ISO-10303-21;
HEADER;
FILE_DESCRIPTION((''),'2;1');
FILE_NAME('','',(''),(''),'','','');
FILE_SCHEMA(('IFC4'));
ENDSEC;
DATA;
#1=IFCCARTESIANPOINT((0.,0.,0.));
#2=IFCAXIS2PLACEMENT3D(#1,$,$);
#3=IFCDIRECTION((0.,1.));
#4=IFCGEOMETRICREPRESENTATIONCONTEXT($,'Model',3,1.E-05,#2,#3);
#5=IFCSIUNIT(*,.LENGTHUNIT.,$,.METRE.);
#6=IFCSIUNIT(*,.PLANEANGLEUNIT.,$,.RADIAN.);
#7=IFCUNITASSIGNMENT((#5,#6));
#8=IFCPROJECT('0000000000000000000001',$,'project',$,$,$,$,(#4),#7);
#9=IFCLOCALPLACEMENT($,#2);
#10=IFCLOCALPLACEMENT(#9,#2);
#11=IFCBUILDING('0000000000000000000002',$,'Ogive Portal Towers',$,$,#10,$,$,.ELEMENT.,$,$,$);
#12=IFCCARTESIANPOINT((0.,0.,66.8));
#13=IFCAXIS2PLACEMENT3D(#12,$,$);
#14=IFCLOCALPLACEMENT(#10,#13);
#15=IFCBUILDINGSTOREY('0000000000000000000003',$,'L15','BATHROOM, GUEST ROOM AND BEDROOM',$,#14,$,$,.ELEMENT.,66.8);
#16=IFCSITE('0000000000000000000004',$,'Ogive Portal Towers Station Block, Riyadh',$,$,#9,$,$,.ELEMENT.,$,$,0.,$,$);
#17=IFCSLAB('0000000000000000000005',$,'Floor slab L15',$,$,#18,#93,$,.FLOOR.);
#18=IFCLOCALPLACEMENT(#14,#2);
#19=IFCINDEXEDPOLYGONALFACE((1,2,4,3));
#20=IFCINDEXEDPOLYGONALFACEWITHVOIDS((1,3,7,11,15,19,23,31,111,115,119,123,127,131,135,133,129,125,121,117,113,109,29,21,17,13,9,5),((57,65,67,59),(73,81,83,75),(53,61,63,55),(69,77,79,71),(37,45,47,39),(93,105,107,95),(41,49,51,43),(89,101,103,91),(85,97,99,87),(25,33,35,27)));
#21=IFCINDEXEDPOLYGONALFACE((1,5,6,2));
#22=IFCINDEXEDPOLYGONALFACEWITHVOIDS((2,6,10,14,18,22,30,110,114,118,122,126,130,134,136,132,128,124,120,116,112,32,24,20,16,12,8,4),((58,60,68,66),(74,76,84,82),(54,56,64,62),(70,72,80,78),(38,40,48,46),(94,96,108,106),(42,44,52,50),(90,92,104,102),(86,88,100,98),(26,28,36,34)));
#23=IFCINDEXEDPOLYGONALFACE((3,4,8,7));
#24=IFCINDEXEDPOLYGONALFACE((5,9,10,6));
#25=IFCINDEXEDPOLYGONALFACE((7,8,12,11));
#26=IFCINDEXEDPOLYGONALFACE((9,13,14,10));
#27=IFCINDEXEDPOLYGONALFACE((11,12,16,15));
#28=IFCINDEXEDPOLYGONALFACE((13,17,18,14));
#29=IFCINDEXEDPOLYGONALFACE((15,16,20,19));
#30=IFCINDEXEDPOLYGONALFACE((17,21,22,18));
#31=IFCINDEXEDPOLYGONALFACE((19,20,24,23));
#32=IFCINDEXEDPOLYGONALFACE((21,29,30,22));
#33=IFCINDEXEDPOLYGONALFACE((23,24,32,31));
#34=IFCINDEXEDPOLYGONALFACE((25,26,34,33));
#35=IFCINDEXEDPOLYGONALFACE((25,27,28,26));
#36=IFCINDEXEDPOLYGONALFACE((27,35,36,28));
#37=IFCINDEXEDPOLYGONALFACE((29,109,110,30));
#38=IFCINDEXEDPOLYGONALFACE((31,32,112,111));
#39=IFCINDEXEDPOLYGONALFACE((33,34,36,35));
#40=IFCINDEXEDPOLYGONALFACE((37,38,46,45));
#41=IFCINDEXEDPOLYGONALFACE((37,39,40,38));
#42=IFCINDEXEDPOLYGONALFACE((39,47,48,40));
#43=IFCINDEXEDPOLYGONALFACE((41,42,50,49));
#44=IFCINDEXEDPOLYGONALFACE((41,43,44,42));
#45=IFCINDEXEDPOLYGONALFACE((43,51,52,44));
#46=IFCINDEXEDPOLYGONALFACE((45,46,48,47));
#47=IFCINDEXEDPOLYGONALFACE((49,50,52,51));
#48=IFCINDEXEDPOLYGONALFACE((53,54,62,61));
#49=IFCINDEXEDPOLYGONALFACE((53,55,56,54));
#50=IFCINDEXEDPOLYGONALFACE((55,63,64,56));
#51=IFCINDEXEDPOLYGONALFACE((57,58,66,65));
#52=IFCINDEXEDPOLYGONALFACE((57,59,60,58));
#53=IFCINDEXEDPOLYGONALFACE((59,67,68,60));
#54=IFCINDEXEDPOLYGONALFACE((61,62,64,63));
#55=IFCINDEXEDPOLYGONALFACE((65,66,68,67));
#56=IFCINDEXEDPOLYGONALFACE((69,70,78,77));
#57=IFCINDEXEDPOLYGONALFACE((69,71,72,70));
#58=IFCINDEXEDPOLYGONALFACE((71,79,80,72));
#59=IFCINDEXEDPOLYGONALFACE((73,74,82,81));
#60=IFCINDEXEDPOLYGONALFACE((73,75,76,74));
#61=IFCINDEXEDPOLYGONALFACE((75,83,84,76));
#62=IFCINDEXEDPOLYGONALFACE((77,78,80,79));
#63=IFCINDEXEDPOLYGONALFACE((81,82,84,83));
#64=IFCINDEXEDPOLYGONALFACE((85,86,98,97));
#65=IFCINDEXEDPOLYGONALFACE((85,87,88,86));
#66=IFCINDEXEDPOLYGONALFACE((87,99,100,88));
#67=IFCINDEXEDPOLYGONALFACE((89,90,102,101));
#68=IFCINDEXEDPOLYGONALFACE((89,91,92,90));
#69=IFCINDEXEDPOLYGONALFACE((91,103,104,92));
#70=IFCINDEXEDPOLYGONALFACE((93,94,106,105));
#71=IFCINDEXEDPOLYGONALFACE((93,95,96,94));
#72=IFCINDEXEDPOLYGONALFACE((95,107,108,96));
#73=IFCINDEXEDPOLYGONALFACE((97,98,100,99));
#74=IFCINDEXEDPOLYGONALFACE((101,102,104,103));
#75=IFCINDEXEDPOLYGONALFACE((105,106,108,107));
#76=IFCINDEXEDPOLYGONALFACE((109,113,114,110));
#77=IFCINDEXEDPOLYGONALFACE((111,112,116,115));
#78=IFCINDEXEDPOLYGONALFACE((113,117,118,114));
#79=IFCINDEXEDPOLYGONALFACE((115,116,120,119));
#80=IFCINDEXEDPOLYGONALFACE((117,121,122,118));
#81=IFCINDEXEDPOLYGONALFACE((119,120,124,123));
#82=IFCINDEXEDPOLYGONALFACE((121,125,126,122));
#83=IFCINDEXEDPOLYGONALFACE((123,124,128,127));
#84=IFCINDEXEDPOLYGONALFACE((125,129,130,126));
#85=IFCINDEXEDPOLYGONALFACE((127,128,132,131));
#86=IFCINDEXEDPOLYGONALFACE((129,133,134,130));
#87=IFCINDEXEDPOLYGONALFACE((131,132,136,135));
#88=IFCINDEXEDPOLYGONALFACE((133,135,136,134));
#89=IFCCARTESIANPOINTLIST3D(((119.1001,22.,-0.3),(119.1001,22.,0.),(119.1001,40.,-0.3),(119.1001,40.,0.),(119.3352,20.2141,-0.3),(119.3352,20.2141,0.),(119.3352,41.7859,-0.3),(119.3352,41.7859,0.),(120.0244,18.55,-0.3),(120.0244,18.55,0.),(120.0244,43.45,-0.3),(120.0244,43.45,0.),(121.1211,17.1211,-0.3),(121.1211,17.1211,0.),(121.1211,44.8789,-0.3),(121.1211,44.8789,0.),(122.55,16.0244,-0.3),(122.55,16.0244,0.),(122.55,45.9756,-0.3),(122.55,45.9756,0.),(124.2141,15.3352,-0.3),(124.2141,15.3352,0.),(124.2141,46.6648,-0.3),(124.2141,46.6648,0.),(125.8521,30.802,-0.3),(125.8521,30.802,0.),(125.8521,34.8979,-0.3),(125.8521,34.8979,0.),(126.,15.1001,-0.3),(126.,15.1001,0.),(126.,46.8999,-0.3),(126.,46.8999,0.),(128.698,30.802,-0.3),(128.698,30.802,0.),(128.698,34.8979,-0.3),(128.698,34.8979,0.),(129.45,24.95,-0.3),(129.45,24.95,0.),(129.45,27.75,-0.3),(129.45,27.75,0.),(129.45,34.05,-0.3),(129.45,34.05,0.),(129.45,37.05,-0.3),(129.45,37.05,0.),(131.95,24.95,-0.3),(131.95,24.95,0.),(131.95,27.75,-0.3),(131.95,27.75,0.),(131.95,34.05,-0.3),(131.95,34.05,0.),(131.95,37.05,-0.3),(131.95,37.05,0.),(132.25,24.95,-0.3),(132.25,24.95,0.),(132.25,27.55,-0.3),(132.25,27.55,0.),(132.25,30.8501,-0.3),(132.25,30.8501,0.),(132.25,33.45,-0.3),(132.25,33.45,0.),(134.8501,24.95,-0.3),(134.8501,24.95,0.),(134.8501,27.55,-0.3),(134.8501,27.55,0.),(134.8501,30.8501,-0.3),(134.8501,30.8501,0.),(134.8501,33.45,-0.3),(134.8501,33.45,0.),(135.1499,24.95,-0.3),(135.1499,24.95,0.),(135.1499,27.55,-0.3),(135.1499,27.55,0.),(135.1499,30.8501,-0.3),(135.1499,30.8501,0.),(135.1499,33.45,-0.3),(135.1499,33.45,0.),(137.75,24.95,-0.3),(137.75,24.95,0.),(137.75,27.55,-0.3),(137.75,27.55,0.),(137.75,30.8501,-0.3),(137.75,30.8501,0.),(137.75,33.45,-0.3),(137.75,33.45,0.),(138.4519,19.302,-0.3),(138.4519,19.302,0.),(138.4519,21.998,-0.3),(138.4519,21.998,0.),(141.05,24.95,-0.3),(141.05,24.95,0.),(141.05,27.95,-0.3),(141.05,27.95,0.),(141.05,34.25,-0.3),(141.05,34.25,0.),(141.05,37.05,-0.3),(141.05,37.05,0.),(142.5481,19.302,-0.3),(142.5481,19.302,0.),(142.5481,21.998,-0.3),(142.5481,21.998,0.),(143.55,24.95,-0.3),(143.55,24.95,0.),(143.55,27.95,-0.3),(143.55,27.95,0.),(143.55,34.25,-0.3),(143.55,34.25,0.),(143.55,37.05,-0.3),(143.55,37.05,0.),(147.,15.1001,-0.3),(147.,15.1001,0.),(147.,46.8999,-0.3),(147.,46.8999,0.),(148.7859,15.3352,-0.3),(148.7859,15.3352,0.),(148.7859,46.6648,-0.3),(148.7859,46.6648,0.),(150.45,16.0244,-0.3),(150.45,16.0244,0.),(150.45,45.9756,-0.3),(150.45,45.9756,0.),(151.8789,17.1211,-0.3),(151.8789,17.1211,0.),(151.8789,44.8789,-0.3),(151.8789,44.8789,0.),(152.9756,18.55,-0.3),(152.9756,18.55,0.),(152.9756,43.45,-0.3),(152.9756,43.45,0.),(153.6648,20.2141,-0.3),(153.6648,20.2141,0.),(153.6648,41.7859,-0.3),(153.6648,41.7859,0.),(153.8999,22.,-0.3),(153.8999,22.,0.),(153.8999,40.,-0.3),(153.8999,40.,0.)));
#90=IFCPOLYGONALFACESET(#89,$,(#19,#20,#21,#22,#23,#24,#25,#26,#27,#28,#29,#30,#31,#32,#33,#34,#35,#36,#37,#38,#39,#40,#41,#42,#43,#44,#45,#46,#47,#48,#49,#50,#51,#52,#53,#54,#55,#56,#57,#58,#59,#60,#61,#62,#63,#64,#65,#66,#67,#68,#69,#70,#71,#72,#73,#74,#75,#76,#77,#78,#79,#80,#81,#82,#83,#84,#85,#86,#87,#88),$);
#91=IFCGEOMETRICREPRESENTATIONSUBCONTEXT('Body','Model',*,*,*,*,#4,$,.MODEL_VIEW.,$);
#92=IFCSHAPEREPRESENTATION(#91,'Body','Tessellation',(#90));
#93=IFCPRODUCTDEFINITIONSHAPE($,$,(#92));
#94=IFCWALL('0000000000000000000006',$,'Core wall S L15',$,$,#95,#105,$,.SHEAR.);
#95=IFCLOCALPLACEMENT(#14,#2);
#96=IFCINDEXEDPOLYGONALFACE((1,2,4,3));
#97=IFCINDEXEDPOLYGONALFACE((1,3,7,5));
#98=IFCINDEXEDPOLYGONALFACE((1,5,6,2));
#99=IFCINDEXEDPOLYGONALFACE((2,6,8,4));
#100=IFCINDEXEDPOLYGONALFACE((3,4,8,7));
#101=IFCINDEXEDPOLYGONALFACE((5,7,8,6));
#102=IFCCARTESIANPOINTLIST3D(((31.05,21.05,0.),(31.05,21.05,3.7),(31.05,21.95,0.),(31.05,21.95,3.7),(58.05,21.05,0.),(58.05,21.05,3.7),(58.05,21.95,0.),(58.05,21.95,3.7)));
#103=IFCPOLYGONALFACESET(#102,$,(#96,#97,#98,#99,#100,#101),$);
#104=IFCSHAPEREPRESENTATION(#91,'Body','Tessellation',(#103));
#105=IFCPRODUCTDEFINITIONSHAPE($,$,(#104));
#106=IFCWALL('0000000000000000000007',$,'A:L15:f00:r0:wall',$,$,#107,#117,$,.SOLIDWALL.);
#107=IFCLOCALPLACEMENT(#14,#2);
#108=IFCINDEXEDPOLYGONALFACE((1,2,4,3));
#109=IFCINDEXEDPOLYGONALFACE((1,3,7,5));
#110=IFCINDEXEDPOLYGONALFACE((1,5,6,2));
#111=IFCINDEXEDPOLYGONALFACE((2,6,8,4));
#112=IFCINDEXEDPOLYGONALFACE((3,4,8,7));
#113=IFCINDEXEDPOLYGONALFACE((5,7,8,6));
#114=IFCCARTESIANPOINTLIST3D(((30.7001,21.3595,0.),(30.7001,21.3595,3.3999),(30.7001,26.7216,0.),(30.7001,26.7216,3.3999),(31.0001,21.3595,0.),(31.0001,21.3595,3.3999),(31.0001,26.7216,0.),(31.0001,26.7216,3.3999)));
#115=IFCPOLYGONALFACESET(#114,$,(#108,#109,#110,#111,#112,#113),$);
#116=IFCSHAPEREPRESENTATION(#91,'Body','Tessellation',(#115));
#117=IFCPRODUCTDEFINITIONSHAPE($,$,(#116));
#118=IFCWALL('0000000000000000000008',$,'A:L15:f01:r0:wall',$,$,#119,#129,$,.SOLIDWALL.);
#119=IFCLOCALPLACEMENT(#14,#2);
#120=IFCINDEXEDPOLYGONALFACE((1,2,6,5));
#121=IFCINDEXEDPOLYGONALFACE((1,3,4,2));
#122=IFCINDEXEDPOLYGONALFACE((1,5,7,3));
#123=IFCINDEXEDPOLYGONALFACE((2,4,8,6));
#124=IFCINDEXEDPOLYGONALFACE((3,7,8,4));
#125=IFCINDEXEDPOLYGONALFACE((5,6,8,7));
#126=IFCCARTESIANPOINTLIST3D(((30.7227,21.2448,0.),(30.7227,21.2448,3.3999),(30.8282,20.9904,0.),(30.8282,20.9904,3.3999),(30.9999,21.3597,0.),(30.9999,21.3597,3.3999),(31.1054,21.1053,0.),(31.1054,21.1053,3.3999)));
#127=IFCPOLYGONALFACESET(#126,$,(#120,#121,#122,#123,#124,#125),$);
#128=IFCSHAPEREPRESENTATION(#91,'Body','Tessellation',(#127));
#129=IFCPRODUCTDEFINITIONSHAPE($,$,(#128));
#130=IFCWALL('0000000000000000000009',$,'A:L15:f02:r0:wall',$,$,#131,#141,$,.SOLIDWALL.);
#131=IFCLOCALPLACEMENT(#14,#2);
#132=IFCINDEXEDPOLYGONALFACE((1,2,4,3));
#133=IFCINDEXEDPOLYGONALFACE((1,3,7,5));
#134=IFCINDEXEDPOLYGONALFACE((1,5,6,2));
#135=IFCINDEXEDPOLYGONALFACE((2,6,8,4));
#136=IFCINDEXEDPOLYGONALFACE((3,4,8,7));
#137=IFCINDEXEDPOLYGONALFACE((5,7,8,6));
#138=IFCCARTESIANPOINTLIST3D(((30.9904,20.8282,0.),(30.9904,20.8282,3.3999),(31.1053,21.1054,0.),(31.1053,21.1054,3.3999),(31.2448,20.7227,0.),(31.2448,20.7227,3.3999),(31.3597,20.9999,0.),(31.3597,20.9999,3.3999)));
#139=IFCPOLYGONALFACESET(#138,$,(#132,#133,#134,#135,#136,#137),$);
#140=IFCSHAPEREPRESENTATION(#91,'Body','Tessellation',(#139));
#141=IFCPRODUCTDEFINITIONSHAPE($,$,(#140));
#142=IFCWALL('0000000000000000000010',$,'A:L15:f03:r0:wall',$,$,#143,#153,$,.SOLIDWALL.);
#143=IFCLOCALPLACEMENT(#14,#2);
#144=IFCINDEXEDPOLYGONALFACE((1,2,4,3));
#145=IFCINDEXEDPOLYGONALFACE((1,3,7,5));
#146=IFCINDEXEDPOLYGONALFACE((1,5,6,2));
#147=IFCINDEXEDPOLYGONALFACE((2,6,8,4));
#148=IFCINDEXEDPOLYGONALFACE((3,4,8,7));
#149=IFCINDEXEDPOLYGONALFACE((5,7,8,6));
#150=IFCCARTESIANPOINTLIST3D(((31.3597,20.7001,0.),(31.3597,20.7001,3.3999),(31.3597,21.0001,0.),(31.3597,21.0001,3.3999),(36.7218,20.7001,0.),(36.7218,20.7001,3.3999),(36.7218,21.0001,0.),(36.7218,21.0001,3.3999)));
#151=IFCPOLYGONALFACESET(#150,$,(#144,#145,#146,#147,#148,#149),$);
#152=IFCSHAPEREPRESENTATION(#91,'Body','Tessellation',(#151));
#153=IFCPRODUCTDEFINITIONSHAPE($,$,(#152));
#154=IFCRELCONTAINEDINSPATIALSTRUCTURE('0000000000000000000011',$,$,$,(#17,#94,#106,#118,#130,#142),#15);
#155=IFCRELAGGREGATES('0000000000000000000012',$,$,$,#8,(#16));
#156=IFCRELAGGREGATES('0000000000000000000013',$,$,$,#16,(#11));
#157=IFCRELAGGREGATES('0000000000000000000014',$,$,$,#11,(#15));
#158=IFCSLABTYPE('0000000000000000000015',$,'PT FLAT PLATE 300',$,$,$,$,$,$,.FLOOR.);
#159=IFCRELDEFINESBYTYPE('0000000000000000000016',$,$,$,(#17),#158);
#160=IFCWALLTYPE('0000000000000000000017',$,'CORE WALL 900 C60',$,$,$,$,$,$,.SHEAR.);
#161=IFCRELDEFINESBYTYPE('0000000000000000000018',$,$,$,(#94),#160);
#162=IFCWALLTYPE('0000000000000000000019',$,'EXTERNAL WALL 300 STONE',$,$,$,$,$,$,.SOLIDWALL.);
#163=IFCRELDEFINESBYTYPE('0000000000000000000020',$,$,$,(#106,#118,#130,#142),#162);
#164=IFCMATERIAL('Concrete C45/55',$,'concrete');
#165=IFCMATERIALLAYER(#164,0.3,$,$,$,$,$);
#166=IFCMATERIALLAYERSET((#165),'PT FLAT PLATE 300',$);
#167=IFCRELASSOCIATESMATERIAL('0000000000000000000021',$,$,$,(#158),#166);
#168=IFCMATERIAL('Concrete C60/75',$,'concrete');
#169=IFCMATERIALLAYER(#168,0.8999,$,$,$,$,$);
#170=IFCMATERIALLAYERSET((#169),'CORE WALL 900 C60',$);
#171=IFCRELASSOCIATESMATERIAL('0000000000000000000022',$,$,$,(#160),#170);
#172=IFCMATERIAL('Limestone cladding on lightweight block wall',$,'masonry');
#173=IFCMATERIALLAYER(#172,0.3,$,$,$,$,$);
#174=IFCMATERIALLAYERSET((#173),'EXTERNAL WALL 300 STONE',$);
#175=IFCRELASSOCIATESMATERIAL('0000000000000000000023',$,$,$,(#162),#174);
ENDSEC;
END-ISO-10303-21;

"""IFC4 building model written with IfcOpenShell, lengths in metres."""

from ifc_helpers import new_model, si_unit, direction, frame, frame_2d, origin, place, context, subcontext, project, spatial, polyline, rectangle, outline, extrude, material, layer, layer_set, type_object, element, save


model = new_model("IFC4")

# Units and contexts
model_context = context("Model", 3, precision=1e-05, world=origin(), true_north=direction((0.0, 1.0)))
body_context = subcontext(model_context, "Body", "Model", "MODEL_VIEW")
ifc_project = project(units=[si_unit("LENGTHUNIT", "METRE"), si_unit("PLANEANGLEUNIT", "RADIAN")], contexts=[model_context])

# Site, building, storey
site_placement = place(None, origin())
site = spatial("IfcSite", under=ifc_project, at=site_placement, Name="Ogive Portal Towers Station Block, Riyadh", CompositionType="ELEMENT", RefElevation=0.0)
building_placement = place(site_placement, origin())
building = spatial("IfcBuilding", under=site, at=building_placement, Name="Ogive Portal Towers", CompositionType="ELEMENT")
storey_placement = place(building_placement, frame((0.0, 0.0, 66.8)))
storey = spatial("IfcBuildingStorey", under=building, at=storey_placement, Name="L15", Description="BATHROOM, GUEST ROOM AND BEDROOM", CompositionType="ELEMENT", Elevation=66.8)

# Slab
ifc_material_1 = material(Name="Concrete C45/55", Category="concrete")
ifc_layer_1 = layer(ifc_material_1, 0.3)
ifc_layer_set_1 = layer_set([ifc_layer_1], Name="PT FLAT PLATE 300")
slab_type_1 = type_object("IfcSlabType", Name="PT FLAT PLATE 300", PredefinedType="FLOOR", material=ifc_layer_set_1)
slab_1_placement = place(storey_placement, frame((0.0, 0.0, -0.3)))
element("IfcSlab", 1, at=slab_1_placement, inside=storey, type_object=slab_type_1, Name="Floor slab L15", PredefinedType="FLOOR", context=body_context, shape_type="SweptSolid", body=[
    extrude(outline(polyline([(119.1001, 40.0), (119.1001, 22.0), (119.3352, 20.2141), (120.0244, 18.55), (121.1211, 17.1211), (122.55, 16.0244), (124.2141, 15.3352), (126.0, 15.1001), (147.0, 15.1001), (148.7859, 15.3352), (150.45, 16.0244), (151.8789, 17.1211), (152.9756, 18.55), (153.6648, 20.2141), (153.8999, 22.0), (153.8999, 40.0), (153.6648, 41.7859), (152.9756, 43.45), (151.8789, 44.8789), (150.45, 45.9756), (148.7859, 46.6648), (147.0, 46.8999), (126.0, 46.8999), (124.2141, 46.6648), (122.55, 45.9756), (121.1211, 44.8789), (120.0244, 43.45), (119.3352, 41.7859), (119.1001, 40.0)]), holes=[polyline([(131.95, 27.75), (131.95, 24.95), (129.45, 24.95), (129.45, 27.75), (131.95, 27.75)]), polyline([(128.698, 34.8979), (128.698, 30.802), (125.8521, 30.802), (125.8521, 34.8979), (128.698, 34.8979)]), polyline([(131.95, 37.05), (131.95, 34.05), (129.45, 34.05), (129.45, 37.05), (131.95, 37.05)]), polyline([(138.4519, 21.998), (142.5481, 21.998), (142.5481, 19.302), (138.4519, 19.302), (138.4519, 21.998)]), polyline([(134.8501, 27.55), (134.8501, 24.95), (132.25, 24.95), (132.25, 27.55), (134.8501, 27.55)]), polyline([(137.75, 27.55), (137.75, 24.95), (135.1499, 24.95), (135.1499, 27.55), (137.75, 27.55)]), polyline([(143.55, 27.95), (143.55, 24.95), (141.05, 24.95), (141.05, 27.95), (143.55, 27.95)]), polyline([(134.8501, 33.45), (134.8501, 30.8501), (132.25, 30.8501), (132.25, 33.45), (134.8501, 33.45)]), polyline([(137.75, 33.45), (137.75, 30.8501), (135.1499, 30.8501), (135.1499, 33.45), (137.75, 33.45)]), polyline([(141.05, 37.05), (143.55, 37.05), (143.55, 34.25), (141.05, 34.25), (141.05, 37.05)])]), origin(), (0.0, 0.0, 1.0), 0.3),
])

# Walls
ifc_material_2 = material(Name="Concrete C60/75", Category="concrete")
ifc_layer_2 = layer(ifc_material_2, 0.8999)
ifc_layer_set_2 = layer_set([ifc_layer_2], Name="CORE WALL 900 C60")
wall_type_1 = type_object("IfcWallType", Name="CORE WALL 900 C60", PredefinedType="SHEAR", material=ifc_layer_set_2)
wall_1_placement = place(storey_placement, frame((31.05, 21.5, 0.0), z_axis=(0.0, 0.0, 1.0), x_axis=(1.0, 0.0, 0.0)))
element("IfcWall", 2, at=wall_1_placement, inside=storey, type_object=wall_type_1, Name="Core wall S L15", PredefinedType="SHEAR", context=body_context, shape_type="SweptSolid", body=[
    extrude(rectangle(XDim=27.0, YDim=0.8999, at=frame_2d((13.5, 0.0))), origin(), (0.0, 0.0, 1.0), 3.7),
])
ifc_material_3 = material(Name="Limestone cladding on lightweight block wall", Category="masonry")
ifc_layer_3 = layer(ifc_material_3, 0.3)
ifc_layer_set_3 = layer_set([ifc_layer_3], Name="EXTERNAL WALL 300 STONE")
wall_type_2 = type_object("IfcWallType", Name="EXTERNAL WALL 300 STONE", PredefinedType="SOLIDWALL", material=ifc_layer_set_3)
wall_2_placement = place(storey_placement, frame((30.8501, 26.7217, 0.0), z_axis=(0.0, 0.0, 1.0), x_axis=(0.0, -1.0, 0.0)))
element("IfcWall", 3, at=wall_2_placement, inside=storey, type_object=wall_type_2, Name="A:L15:f00:r0:wall", PredefinedType="SOLIDWALL", context=body_context, shape_type="SweptSolid", body=[
    extrude(rectangle(XDim=5.3621, YDim=0.3, at=frame_2d((2.6812, 0.0))), origin(), (0.0, 0.0, 1.0), 3.3999),
])
for number, where, z_axis, x_axis, name in (
    (4, (30.8613, 21.3022, 0.0), (0.0, 0.0, 1.0), (0.382978, -0.923757, 0.0), "A:L15:f01:r0:wall"),
    (5, (31.0479, 20.9668, 0.0), (0.0, 0.0, 1.0), (0.923757, -0.382978, 0.0), "A:L15:f02:r0:wall"),
):
    element("IfcWall", number, at=place(storey_placement, frame(where, z_axis=z_axis, x_axis=x_axis)), inside=storey, type_object=wall_type_2, Name=name, PredefinedType="SOLIDWALL", context=body_context, shape_type="SweptSolid", body=[
        extrude(rectangle(XDim=0.2754, YDim=0.3, at=frame_2d((0.1377, 0.0))), origin(), (0.0, 0.0, 1.0), 3.3999),
    ])
wall_3_placement = place(storey_placement, frame((31.3596, 20.8501, 0.0), z_axis=(0.0, 0.0, 1.0), x_axis=(1.0, 0.0, 0.0)))
element("IfcWall", 6, at=wall_3_placement, inside=storey, type_object=wall_type_2, Name="A:L15:f03:r0:wall", PredefinedType="SOLIDWALL", context=body_context, shape_type="SweptSolid", body=[
    extrude(rectangle(XDim=5.3621, YDim=0.3, at=frame_2d((2.6812, 0.0))), origin(), (0.0, 0.0, 1.0), 3.3999),
])

save(model, "model.ifc")
